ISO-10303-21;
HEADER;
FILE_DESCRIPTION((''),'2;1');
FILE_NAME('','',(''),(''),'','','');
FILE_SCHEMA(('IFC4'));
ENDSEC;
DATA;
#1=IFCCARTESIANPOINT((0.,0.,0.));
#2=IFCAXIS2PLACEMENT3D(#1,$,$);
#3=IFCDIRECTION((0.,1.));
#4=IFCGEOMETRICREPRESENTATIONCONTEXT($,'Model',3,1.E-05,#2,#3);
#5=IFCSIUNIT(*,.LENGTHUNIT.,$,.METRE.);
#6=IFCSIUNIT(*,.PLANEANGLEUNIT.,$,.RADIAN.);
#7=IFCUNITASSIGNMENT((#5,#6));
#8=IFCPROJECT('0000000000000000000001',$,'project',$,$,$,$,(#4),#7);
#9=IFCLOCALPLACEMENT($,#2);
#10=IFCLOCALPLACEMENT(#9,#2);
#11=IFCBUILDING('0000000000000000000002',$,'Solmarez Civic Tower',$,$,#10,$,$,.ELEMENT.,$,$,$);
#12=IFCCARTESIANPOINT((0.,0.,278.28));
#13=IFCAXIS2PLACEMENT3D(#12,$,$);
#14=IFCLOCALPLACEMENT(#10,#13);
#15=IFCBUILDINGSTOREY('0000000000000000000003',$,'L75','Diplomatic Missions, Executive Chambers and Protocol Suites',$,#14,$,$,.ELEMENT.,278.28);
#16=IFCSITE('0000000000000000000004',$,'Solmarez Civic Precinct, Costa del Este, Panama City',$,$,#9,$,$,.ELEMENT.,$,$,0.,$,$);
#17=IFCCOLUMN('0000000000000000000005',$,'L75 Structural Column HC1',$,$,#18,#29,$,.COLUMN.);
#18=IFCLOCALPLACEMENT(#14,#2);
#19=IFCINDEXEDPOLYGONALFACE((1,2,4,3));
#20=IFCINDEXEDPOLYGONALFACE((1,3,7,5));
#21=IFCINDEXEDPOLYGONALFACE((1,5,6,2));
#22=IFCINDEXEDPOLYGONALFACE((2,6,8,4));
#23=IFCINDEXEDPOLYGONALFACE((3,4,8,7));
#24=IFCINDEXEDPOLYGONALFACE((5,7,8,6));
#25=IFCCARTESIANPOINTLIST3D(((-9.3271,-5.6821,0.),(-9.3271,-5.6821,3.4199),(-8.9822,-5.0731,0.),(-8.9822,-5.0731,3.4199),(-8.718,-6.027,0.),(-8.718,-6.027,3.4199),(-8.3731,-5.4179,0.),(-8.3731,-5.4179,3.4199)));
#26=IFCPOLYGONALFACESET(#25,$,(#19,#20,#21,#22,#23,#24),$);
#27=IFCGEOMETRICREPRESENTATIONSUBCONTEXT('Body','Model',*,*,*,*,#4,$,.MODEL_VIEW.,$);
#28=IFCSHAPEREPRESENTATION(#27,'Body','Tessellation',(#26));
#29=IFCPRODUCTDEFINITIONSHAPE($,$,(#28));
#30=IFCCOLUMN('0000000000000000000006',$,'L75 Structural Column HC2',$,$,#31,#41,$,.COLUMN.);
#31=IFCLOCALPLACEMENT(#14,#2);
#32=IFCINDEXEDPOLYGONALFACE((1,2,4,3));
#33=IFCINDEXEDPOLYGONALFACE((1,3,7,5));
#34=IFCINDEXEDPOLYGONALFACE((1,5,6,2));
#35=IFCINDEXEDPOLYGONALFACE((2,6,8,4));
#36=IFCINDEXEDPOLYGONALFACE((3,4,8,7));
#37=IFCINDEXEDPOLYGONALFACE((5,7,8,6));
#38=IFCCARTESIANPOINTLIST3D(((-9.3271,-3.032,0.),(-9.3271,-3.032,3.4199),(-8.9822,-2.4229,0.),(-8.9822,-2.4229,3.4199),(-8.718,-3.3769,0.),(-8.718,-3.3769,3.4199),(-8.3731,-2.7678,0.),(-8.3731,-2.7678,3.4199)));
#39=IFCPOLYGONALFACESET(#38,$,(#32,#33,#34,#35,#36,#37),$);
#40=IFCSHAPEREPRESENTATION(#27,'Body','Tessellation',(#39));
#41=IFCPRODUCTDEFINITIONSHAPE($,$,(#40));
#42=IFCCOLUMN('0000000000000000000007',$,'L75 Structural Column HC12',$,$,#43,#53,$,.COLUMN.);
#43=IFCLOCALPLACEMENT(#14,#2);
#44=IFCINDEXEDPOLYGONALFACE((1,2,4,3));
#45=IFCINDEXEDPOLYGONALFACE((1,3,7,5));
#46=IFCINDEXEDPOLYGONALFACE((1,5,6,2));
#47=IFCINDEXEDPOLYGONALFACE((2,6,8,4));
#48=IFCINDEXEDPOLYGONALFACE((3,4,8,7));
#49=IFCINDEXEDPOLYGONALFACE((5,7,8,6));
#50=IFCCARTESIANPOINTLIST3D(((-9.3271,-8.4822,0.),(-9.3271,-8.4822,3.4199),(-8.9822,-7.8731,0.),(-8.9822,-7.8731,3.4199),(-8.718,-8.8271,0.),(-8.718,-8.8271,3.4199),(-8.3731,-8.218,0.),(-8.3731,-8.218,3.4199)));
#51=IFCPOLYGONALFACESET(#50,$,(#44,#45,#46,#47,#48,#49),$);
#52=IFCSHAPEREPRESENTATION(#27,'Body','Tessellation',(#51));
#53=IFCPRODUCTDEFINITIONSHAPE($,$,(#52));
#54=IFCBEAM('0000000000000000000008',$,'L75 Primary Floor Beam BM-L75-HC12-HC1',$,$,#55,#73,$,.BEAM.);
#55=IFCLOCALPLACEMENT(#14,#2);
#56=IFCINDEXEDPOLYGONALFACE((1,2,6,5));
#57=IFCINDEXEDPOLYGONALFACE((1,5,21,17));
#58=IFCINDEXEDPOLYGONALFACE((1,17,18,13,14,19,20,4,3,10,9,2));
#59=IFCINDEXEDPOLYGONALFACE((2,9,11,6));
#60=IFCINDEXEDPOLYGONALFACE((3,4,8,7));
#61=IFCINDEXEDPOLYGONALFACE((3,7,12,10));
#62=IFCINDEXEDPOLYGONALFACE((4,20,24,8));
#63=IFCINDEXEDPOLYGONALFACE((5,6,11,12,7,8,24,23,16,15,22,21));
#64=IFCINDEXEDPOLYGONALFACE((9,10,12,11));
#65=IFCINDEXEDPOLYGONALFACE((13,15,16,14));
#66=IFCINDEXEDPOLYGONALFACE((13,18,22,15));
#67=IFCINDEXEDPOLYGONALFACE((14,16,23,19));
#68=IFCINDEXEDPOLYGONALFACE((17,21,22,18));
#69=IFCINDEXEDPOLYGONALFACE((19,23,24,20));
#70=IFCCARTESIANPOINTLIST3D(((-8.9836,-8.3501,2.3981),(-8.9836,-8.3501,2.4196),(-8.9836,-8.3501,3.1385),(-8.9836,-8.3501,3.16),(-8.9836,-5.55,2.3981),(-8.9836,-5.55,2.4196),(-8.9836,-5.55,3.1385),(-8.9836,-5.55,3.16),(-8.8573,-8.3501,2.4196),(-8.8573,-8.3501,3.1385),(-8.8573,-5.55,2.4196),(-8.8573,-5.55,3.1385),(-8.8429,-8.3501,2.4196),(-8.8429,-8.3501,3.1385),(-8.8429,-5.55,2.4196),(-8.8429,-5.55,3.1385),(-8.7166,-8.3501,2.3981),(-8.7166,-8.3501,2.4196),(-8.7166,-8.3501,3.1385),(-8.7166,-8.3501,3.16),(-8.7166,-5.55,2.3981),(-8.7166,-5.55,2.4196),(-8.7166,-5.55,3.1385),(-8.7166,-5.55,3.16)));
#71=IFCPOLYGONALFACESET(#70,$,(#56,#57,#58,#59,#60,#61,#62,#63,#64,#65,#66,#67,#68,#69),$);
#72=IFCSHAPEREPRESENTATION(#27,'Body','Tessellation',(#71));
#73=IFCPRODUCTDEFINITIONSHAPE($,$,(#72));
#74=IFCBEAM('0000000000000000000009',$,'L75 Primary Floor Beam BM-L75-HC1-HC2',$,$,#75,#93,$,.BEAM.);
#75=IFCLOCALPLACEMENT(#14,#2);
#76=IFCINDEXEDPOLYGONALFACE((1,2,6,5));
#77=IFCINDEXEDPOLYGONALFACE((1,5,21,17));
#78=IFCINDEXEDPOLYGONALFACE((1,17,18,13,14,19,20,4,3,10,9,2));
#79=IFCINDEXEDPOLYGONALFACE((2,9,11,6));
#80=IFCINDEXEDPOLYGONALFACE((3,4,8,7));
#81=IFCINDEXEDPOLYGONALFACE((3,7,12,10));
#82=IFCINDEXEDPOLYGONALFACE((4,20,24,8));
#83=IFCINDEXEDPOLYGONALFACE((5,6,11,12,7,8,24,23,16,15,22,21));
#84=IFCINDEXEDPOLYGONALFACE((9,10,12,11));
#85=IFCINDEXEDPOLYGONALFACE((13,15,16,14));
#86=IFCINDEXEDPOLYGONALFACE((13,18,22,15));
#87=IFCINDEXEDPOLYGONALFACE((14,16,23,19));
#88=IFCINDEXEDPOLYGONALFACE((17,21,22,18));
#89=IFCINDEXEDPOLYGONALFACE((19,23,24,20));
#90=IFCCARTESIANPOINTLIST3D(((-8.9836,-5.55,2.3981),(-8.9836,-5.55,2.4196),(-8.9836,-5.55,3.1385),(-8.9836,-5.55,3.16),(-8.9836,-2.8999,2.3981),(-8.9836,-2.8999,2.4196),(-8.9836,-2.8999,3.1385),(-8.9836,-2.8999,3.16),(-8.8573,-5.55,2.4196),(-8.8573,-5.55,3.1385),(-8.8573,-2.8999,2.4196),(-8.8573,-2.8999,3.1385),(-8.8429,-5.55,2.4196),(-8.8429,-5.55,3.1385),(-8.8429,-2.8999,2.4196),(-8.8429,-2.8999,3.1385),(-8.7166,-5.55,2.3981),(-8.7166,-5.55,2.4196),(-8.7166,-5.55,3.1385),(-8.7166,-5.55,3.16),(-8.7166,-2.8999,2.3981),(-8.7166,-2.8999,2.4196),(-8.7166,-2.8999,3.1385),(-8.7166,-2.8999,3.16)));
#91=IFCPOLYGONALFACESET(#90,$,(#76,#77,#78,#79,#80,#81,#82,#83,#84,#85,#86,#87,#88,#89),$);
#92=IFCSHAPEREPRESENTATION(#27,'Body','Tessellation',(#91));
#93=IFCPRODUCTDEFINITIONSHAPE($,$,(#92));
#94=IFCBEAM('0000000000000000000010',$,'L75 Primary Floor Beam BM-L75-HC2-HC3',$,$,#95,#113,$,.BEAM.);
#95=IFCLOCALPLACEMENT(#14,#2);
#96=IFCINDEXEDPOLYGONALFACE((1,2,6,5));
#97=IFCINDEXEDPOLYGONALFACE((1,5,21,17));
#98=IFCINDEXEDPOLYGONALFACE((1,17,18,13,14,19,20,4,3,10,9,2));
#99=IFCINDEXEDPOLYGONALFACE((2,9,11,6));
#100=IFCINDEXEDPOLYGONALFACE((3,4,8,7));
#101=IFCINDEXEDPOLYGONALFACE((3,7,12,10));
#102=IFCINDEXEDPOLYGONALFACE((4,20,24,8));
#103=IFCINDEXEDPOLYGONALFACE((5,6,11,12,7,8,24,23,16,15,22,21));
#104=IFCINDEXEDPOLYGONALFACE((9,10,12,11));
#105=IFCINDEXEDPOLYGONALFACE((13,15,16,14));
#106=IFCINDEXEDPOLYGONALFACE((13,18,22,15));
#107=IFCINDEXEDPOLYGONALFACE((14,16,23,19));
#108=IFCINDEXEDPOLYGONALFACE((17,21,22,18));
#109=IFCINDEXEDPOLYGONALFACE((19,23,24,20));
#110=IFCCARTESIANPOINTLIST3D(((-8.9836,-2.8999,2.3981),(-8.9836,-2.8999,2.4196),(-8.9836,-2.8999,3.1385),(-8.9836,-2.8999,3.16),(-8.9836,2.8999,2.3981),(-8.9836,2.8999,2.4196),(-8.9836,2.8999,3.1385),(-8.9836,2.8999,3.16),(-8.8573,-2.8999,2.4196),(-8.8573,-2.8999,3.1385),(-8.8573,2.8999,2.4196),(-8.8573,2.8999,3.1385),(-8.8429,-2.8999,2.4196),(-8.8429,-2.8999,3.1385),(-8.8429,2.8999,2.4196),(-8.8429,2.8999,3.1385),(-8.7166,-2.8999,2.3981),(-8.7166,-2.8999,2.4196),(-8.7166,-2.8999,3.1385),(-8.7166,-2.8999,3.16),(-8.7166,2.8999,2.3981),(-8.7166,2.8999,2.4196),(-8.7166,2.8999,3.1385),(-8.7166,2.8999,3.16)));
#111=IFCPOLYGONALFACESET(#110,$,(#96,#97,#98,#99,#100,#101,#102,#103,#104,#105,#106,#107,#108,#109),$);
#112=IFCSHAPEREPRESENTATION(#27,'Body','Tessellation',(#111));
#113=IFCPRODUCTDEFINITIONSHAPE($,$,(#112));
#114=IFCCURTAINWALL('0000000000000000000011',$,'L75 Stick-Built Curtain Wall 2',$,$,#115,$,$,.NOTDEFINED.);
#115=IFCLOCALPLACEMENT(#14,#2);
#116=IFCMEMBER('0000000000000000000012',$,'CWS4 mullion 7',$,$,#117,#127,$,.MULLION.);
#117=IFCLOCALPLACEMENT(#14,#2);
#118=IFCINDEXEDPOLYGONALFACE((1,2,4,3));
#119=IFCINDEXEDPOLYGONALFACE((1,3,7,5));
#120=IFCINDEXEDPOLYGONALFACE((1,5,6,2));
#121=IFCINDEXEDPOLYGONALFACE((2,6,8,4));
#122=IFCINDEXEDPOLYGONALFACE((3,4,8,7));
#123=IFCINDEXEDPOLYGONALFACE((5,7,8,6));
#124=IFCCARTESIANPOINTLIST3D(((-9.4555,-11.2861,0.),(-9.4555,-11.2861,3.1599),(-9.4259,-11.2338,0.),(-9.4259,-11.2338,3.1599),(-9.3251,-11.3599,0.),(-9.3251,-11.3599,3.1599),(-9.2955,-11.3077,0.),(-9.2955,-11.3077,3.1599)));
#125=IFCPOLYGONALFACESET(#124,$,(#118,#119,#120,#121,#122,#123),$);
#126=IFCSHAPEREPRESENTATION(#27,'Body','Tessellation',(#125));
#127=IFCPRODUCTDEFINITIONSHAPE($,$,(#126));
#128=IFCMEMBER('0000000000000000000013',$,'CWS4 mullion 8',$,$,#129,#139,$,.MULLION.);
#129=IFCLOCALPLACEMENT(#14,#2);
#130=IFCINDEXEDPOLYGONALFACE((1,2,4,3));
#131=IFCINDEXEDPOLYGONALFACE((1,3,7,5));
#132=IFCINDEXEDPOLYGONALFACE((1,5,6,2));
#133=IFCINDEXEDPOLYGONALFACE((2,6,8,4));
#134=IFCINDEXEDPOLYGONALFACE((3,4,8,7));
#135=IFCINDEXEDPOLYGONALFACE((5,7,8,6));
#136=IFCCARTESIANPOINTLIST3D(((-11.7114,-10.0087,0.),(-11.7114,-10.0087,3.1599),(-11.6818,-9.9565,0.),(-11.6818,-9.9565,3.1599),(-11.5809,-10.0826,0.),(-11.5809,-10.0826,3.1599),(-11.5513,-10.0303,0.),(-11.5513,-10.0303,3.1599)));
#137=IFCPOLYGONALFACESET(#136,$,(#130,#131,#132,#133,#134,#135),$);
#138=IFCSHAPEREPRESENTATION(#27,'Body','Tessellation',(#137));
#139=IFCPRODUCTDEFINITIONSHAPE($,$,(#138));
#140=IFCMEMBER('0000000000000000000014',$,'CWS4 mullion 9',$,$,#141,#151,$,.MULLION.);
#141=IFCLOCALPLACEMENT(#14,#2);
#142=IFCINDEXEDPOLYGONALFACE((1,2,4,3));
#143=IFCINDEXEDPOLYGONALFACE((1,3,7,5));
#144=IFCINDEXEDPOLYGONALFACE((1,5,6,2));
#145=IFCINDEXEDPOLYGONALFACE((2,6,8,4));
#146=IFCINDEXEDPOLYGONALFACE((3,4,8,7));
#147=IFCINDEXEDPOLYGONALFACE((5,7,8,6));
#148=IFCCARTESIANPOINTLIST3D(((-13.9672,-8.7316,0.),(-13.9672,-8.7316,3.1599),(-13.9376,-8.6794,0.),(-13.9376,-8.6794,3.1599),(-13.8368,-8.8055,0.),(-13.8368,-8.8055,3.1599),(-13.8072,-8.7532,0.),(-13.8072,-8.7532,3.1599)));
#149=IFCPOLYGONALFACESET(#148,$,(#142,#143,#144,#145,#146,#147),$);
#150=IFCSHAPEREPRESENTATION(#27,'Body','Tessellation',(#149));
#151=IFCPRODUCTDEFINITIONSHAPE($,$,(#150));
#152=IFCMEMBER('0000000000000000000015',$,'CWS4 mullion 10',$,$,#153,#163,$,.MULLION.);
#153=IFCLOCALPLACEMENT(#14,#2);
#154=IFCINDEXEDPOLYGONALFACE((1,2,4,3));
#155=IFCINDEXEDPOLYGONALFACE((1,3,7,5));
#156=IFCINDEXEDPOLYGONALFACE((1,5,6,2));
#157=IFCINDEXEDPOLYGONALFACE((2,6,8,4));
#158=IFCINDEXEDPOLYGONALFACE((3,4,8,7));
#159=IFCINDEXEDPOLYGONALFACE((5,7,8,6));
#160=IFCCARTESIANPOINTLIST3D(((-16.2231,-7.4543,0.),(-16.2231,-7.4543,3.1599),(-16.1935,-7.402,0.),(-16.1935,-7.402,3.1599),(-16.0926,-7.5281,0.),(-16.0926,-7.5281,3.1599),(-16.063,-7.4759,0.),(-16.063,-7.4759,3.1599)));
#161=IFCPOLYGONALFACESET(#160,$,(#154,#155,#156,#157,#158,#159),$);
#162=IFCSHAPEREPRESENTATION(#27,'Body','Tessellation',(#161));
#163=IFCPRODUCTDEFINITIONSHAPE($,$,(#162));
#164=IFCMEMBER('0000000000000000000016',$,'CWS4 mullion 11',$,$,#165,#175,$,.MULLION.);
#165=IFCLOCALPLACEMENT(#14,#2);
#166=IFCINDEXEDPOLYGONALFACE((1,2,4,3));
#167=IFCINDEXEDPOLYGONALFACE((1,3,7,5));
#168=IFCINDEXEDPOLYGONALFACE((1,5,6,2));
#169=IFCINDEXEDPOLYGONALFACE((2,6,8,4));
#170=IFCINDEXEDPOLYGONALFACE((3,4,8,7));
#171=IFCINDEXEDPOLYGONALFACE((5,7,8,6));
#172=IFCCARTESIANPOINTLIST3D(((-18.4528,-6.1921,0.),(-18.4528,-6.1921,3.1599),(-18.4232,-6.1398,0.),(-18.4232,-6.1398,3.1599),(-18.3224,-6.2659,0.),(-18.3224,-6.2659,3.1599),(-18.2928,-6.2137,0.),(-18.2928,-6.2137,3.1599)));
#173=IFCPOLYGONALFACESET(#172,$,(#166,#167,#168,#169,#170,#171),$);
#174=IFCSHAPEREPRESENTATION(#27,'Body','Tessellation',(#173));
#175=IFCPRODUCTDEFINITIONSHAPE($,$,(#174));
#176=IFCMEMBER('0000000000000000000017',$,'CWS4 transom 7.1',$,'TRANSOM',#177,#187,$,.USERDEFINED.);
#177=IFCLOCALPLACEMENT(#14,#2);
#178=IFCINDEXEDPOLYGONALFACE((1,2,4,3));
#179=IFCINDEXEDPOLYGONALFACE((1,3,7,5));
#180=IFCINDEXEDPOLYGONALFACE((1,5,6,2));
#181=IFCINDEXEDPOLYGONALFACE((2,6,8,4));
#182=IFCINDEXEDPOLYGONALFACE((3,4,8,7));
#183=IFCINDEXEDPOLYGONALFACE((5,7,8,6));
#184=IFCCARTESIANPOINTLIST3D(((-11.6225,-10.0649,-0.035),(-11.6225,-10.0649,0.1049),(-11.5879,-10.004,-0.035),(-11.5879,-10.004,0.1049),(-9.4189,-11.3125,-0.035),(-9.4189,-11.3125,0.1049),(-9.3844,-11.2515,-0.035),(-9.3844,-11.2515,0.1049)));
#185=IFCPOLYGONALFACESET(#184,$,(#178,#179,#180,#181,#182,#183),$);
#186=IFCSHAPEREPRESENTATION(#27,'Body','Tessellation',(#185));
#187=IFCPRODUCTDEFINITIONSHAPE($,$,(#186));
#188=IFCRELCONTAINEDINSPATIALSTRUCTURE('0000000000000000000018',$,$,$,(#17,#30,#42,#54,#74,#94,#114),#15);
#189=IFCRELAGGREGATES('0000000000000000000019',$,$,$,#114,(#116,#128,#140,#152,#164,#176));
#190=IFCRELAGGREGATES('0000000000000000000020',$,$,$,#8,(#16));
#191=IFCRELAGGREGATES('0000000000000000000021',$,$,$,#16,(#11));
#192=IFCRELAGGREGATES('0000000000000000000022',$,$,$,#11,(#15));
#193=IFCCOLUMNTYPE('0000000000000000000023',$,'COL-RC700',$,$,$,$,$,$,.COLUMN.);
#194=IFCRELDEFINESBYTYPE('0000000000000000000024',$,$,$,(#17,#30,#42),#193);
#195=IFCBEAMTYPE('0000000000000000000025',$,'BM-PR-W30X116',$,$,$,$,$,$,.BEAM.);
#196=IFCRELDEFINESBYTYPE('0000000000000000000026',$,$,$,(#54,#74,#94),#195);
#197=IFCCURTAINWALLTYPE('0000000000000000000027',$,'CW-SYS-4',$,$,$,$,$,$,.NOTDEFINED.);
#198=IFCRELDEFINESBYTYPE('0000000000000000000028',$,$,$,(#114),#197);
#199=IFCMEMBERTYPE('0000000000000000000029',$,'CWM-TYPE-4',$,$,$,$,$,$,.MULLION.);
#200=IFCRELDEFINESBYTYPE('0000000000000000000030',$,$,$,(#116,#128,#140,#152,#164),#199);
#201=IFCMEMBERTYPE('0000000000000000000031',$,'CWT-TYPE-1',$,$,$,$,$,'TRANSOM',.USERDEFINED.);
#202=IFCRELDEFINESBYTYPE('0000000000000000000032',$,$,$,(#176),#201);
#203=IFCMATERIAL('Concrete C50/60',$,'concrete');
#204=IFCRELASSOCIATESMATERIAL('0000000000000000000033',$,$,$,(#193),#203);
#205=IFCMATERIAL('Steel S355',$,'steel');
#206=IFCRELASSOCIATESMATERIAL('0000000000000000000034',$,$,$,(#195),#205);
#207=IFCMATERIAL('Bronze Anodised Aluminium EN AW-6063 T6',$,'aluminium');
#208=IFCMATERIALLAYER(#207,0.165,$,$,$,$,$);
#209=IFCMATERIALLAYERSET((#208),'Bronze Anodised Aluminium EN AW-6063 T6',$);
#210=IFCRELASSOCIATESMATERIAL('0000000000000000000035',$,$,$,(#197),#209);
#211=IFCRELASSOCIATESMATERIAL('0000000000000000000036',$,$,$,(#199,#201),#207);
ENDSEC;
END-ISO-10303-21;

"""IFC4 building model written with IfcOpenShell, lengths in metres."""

from ifc_helpers import new_model, si_unit, direction, frame, origin, origin_2d, place, context, subcontext, project, spatial, rectangle, i_section, extrude, material, layer, layer_set, material_profile, profile_set, type_object, element, aggregate, save


model = new_model("IFC4")

# Units and contexts
model_context = context("Model", 3, precision=1e-05, world=origin(), true_north=direction((0.0, 1.0)))
body_context = subcontext(model_context, "Body", "Model", "MODEL_VIEW")
ifc_project = project(units=[si_unit("LENGTHUNIT", "METRE"), si_unit("PLANEANGLEUNIT", "RADIAN")], contexts=[model_context])

# Site, building, storey
site_placement = place(None, origin())
site = spatial("IfcSite", under=ifc_project, at=site_placement, Name="Solmarez Civic Precinct, Costa del Este, Panama City", CompositionType="ELEMENT", RefElevation=0.0)
building_placement = place(site_placement, origin())
building = spatial("IfcBuilding", under=site, at=building_placement, Name="Solmarez Civic Tower", CompositionType="ELEMENT")
storey_placement = place(building_placement, frame((0.0, 0.0, 278.28)))
storey = spatial("IfcBuildingStorey", under=building, at=storey_placement, Name="L75", Description="Diplomatic Missions, Executive Chambers and Protocol Suites", CompositionType="ELEMENT", Elevation=278.28)

# Columns
ifc_material_1 = material(Name="Concrete C50/60", Category="concrete")
ifc_material_profile_1 = material_profile(ifc_material_1, rectangle(XDim=0.7, YDim=0.7, at=origin_2d()), Name="RC700X700")
ifc_profile_set_1 = profile_set([ifc_material_profile_1], Name="Concrete C50/60")
column_type = type_object("IfcColumnType", Name="COL-RC700", PredefinedType="COLUMN", material=ifc_profile_set_1)
for number, where, z_axis, x_axis, name in (
    (1, (-8.8501, -5.55, 0.0), (0.0, 0.0, 1.0), (0.492727, 0.870184, 0.0), "L75 Structural Column HC1"),
    (2, (-8.8501, -2.8999, 0.0), (0.0, 0.0, 1.0), (0.492727, 0.870184, 0.0), "L75 Structural Column HC2"),
    (3, (-8.8501, -8.3501, 0.0), (0.0, 0.0, 1.0), (0.492727, 0.870184, 0.0), "L75 Structural Column HC12"),
):
    element("IfcColumn", number, at=place(storey_placement, frame(where, z_axis=z_axis, x_axis=x_axis)), inside=storey, type_object=column_type, Name=name, PredefinedType="COLUMN", context=body_context, shape_type="SweptSolid", body=[
        extrude(rectangle(XDim=0.7, YDim=0.7, at=origin_2d()), origin(), (0.0, 0.0, 1.0), 3.4199),
    ])

# Beams
ifc_material_2 = material(Name="Steel S355", Category="steel")
ifc_material_profile_2 = material_profile(ifc_material_2, i_section(OverallWidth=0.2671, OverallDepth=0.762, WebThickness=0.0144, FlangeThickness=0.0215, at=origin_2d()), Name="W30X116")
ifc_profile_set_2 = profile_set([ifc_material_profile_2], Name="Steel S355")
beam_type = type_object("IfcBeamType", Name="BM-PR-W30X116", PredefinedType="BEAM", material=ifc_profile_set_2)
beam_1_placement = place(storey_placement, frame((-8.8501, -8.3501, 2.7791), z_axis=(0.0, 1.0, 0.0), x_axis=(-1.0, 0.0, 0.0)))
element("IfcBeam", 4, at=beam_1_placement, inside=storey, type_object=beam_type, Name="L75 Primary Floor Beam BM-L75-HC12-HC1", PredefinedType="BEAM", context=body_context, shape_type="SweptSolid", body=[
    extrude(i_section(OverallWidth=0.2671, OverallDepth=0.762, WebThickness=0.0144, FlangeThickness=0.0215, at=origin_2d()), origin(), (0.0, 0.0, 1.0), 2.8),
])
beam_2_placement = place(storey_placement, frame((-8.8501, -5.55, 2.7791), z_axis=(0.0, 1.0, 0.0), x_axis=(-1.0, 0.0, 0.0)))
element("IfcBeam", 5, at=beam_2_placement, inside=storey, type_object=beam_type, Name="L75 Primary Floor Beam BM-L75-HC1-HC2", PredefinedType="BEAM", context=body_context, shape_type="SweptSolid", body=[
    extrude(i_section(OverallWidth=0.2671, OverallDepth=0.762, WebThickness=0.0144, FlangeThickness=0.0215, at=origin_2d()), origin(), (0.0, 0.0, 1.0), 2.6501),
])
beam_3_placement = place(storey_placement, frame((-8.8501, -2.8999, 2.7791), z_axis=(0.0, 1.0, 0.0), x_axis=(-1.0, 0.0, 0.0)))
element("IfcBeam", 6, at=beam_3_placement, inside=storey, type_object=beam_type, Name="L75 Primary Floor Beam BM-L75-HC2-HC3", PredefinedType="BEAM", context=body_context, shape_type="SweptSolid", body=[
    extrude(i_section(OverallWidth=0.2671, OverallDepth=0.762, WebThickness=0.0144, FlangeThickness=0.0215, at=origin_2d()), origin(), (0.0, 0.0, 1.0), 5.7998),
])

# Curtain wall, members
ifc_material_3 = material(Name="Bronze Anodised Aluminium EN AW-6063 T6", Category="aluminium")
ifc_layer_1 = layer(ifc_material_3, 0.165)
ifc_layer_set_1 = layer_set([ifc_layer_1], Name="Bronze Anodised Aluminium EN AW-6063 T6")
curtain_wall_type = type_object("IfcCurtainWallType", Name="CW-SYS-4", PredefinedType="NOTDEFINED", material=ifc_layer_set_1)
curtain_wall_placement = place(storey_placement, origin())
curtain_wall = element("IfcCurtainWall", 7, at=curtain_wall_placement, inside=storey, type_object=curtain_wall_type, Name="L75 Stick-Built Curtain Wall 2", PredefinedType="NOTDEFINED")
ifc_material_profile_3 = material_profile(ifc_material_3, rectangle(XDim=0.0601, YDim=0.1499, at=origin_2d()), Name="CWM-60X150")
ifc_profile_set_3 = profile_set([ifc_material_profile_3], Name="Bronze Anodised Aluminium EN AW-6063 T6")
member_type_1 = type_object("IfcMemberType", Name="CWM-TYPE-4", PredefinedType="MULLION", material=ifc_profile_set_3)
member_1_placement = place(storey_placement, frame((-9.3755, -11.2969, 0.0), z_axis=(0.0, 0.0, 1.0), x_axis=(-0.492679, -0.870211, 0.0)))
member_1 = element("IfcMember", 8, at=member_1_placement, type_object=member_type_1, Name="CWS4 mullion 7", PredefinedType="MULLION", context=body_context, shape_type="SweptSolid", body=[
    extrude(rectangle(XDim=0.0601, YDim=0.1499, at=origin_2d()), origin(), (0.0, 0.0, 1.0), 3.1599),
])
member_2_placement = place(storey_placement, frame((-11.6313, -10.0195, 0.0), z_axis=(0.0, 0.0, 1.0), x_axis=(-0.492679, -0.870211, 0.0)))
member_2 = element("IfcMember", 9, at=member_2_placement, type_object=member_type_1, Name="CWS4 mullion 8", PredefinedType="MULLION", context=body_context, shape_type="SweptSolid", body=[
    extrude(rectangle(XDim=0.0601, YDim=0.1499, at=origin_2d()), origin(), (0.0, 0.0, 1.0), 3.1599),
])
member_3_placement = place(storey_placement, frame((-13.8872, -8.7424, 0.0), z_axis=(0.0, 0.0, 1.0), x_axis=(-0.492679, -0.870211, 0.0)))
member_3 = element("IfcMember", 10, at=member_3_placement, type_object=member_type_1, Name="CWS4 mullion 9", PredefinedType="MULLION", context=body_context, shape_type="SweptSolid", body=[
    extrude(rectangle(XDim=0.0601, YDim=0.1499, at=origin_2d()), origin(), (0.0, 0.0, 1.0), 3.1599),
])
member_4_placement = place(storey_placement, frame((-16.1431, -7.4651, 0.0), z_axis=(0.0, 0.0, 1.0), x_axis=(-0.492679, -0.870211, 0.0)))
member_4 = element("IfcMember", 11, at=member_4_placement, type_object=member_type_1, Name="CWS4 mullion 10", PredefinedType="MULLION", context=body_context, shape_type="SweptSolid", body=[
    extrude(rectangle(XDim=0.0601, YDim=0.1499, at=origin_2d()), origin(), (0.0, 0.0, 1.0), 3.1599),
])
member_5_placement = place(storey_placement, frame((-18.3728, -6.2029, 0.0), z_axis=(0.0, 0.0, 1.0), x_axis=(-0.492679, -0.870211, 0.0)))
member_5 = element("IfcMember", 12, at=member_5_placement, type_object=member_type_1, Name="CWS4 mullion 11", PredefinedType="MULLION", context=body_context, shape_type="SweptSolid", body=[
    extrude(rectangle(XDim=0.0601, YDim=0.1499, at=origin_2d()), origin(), (0.0, 0.0, 1.0), 3.1599),
])
ifc_material_profile_4 = material_profile(ifc_material_3, rectangle(XDim=0.0701, YDim=0.1399, at=origin_2d()), Name="CWT-70X140")
ifc_profile_set_4 = profile_set([ifc_material_profile_4], Name="Bronze Anodised Aluminium EN AW-6063 T6")
member_type_2 = type_object("IfcMemberType", Name="CWT-TYPE-1", ElementType="TRANSOM", PredefinedType="USERDEFINED", material=ifc_profile_set_4)
member_6_placement = place(storey_placement, frame((-9.4016, -11.282, 0.0349), z_axis=(-0.870218, 0.492667, 0.0), x_axis=(-0.492667, -0.870218, 0.0)))
member_6 = element("IfcMember", 13, at=member_6_placement, type_object=member_type_2, Name="CWS4 transom 7.1", ObjectType="TRANSOM", PredefinedType="USERDEFINED", context=body_context, shape_type="SweptSolid", body=[
    extrude(rectangle(XDim=0.0701, YDim=0.1399, at=origin_2d()), origin(), (0.0, 0.0, 1.0), 2.5322),
])
aggregate(curtain_wall, [member_1, member_2, member_3, member_4, member_5, member_6])

save(model, "model.ifc")
